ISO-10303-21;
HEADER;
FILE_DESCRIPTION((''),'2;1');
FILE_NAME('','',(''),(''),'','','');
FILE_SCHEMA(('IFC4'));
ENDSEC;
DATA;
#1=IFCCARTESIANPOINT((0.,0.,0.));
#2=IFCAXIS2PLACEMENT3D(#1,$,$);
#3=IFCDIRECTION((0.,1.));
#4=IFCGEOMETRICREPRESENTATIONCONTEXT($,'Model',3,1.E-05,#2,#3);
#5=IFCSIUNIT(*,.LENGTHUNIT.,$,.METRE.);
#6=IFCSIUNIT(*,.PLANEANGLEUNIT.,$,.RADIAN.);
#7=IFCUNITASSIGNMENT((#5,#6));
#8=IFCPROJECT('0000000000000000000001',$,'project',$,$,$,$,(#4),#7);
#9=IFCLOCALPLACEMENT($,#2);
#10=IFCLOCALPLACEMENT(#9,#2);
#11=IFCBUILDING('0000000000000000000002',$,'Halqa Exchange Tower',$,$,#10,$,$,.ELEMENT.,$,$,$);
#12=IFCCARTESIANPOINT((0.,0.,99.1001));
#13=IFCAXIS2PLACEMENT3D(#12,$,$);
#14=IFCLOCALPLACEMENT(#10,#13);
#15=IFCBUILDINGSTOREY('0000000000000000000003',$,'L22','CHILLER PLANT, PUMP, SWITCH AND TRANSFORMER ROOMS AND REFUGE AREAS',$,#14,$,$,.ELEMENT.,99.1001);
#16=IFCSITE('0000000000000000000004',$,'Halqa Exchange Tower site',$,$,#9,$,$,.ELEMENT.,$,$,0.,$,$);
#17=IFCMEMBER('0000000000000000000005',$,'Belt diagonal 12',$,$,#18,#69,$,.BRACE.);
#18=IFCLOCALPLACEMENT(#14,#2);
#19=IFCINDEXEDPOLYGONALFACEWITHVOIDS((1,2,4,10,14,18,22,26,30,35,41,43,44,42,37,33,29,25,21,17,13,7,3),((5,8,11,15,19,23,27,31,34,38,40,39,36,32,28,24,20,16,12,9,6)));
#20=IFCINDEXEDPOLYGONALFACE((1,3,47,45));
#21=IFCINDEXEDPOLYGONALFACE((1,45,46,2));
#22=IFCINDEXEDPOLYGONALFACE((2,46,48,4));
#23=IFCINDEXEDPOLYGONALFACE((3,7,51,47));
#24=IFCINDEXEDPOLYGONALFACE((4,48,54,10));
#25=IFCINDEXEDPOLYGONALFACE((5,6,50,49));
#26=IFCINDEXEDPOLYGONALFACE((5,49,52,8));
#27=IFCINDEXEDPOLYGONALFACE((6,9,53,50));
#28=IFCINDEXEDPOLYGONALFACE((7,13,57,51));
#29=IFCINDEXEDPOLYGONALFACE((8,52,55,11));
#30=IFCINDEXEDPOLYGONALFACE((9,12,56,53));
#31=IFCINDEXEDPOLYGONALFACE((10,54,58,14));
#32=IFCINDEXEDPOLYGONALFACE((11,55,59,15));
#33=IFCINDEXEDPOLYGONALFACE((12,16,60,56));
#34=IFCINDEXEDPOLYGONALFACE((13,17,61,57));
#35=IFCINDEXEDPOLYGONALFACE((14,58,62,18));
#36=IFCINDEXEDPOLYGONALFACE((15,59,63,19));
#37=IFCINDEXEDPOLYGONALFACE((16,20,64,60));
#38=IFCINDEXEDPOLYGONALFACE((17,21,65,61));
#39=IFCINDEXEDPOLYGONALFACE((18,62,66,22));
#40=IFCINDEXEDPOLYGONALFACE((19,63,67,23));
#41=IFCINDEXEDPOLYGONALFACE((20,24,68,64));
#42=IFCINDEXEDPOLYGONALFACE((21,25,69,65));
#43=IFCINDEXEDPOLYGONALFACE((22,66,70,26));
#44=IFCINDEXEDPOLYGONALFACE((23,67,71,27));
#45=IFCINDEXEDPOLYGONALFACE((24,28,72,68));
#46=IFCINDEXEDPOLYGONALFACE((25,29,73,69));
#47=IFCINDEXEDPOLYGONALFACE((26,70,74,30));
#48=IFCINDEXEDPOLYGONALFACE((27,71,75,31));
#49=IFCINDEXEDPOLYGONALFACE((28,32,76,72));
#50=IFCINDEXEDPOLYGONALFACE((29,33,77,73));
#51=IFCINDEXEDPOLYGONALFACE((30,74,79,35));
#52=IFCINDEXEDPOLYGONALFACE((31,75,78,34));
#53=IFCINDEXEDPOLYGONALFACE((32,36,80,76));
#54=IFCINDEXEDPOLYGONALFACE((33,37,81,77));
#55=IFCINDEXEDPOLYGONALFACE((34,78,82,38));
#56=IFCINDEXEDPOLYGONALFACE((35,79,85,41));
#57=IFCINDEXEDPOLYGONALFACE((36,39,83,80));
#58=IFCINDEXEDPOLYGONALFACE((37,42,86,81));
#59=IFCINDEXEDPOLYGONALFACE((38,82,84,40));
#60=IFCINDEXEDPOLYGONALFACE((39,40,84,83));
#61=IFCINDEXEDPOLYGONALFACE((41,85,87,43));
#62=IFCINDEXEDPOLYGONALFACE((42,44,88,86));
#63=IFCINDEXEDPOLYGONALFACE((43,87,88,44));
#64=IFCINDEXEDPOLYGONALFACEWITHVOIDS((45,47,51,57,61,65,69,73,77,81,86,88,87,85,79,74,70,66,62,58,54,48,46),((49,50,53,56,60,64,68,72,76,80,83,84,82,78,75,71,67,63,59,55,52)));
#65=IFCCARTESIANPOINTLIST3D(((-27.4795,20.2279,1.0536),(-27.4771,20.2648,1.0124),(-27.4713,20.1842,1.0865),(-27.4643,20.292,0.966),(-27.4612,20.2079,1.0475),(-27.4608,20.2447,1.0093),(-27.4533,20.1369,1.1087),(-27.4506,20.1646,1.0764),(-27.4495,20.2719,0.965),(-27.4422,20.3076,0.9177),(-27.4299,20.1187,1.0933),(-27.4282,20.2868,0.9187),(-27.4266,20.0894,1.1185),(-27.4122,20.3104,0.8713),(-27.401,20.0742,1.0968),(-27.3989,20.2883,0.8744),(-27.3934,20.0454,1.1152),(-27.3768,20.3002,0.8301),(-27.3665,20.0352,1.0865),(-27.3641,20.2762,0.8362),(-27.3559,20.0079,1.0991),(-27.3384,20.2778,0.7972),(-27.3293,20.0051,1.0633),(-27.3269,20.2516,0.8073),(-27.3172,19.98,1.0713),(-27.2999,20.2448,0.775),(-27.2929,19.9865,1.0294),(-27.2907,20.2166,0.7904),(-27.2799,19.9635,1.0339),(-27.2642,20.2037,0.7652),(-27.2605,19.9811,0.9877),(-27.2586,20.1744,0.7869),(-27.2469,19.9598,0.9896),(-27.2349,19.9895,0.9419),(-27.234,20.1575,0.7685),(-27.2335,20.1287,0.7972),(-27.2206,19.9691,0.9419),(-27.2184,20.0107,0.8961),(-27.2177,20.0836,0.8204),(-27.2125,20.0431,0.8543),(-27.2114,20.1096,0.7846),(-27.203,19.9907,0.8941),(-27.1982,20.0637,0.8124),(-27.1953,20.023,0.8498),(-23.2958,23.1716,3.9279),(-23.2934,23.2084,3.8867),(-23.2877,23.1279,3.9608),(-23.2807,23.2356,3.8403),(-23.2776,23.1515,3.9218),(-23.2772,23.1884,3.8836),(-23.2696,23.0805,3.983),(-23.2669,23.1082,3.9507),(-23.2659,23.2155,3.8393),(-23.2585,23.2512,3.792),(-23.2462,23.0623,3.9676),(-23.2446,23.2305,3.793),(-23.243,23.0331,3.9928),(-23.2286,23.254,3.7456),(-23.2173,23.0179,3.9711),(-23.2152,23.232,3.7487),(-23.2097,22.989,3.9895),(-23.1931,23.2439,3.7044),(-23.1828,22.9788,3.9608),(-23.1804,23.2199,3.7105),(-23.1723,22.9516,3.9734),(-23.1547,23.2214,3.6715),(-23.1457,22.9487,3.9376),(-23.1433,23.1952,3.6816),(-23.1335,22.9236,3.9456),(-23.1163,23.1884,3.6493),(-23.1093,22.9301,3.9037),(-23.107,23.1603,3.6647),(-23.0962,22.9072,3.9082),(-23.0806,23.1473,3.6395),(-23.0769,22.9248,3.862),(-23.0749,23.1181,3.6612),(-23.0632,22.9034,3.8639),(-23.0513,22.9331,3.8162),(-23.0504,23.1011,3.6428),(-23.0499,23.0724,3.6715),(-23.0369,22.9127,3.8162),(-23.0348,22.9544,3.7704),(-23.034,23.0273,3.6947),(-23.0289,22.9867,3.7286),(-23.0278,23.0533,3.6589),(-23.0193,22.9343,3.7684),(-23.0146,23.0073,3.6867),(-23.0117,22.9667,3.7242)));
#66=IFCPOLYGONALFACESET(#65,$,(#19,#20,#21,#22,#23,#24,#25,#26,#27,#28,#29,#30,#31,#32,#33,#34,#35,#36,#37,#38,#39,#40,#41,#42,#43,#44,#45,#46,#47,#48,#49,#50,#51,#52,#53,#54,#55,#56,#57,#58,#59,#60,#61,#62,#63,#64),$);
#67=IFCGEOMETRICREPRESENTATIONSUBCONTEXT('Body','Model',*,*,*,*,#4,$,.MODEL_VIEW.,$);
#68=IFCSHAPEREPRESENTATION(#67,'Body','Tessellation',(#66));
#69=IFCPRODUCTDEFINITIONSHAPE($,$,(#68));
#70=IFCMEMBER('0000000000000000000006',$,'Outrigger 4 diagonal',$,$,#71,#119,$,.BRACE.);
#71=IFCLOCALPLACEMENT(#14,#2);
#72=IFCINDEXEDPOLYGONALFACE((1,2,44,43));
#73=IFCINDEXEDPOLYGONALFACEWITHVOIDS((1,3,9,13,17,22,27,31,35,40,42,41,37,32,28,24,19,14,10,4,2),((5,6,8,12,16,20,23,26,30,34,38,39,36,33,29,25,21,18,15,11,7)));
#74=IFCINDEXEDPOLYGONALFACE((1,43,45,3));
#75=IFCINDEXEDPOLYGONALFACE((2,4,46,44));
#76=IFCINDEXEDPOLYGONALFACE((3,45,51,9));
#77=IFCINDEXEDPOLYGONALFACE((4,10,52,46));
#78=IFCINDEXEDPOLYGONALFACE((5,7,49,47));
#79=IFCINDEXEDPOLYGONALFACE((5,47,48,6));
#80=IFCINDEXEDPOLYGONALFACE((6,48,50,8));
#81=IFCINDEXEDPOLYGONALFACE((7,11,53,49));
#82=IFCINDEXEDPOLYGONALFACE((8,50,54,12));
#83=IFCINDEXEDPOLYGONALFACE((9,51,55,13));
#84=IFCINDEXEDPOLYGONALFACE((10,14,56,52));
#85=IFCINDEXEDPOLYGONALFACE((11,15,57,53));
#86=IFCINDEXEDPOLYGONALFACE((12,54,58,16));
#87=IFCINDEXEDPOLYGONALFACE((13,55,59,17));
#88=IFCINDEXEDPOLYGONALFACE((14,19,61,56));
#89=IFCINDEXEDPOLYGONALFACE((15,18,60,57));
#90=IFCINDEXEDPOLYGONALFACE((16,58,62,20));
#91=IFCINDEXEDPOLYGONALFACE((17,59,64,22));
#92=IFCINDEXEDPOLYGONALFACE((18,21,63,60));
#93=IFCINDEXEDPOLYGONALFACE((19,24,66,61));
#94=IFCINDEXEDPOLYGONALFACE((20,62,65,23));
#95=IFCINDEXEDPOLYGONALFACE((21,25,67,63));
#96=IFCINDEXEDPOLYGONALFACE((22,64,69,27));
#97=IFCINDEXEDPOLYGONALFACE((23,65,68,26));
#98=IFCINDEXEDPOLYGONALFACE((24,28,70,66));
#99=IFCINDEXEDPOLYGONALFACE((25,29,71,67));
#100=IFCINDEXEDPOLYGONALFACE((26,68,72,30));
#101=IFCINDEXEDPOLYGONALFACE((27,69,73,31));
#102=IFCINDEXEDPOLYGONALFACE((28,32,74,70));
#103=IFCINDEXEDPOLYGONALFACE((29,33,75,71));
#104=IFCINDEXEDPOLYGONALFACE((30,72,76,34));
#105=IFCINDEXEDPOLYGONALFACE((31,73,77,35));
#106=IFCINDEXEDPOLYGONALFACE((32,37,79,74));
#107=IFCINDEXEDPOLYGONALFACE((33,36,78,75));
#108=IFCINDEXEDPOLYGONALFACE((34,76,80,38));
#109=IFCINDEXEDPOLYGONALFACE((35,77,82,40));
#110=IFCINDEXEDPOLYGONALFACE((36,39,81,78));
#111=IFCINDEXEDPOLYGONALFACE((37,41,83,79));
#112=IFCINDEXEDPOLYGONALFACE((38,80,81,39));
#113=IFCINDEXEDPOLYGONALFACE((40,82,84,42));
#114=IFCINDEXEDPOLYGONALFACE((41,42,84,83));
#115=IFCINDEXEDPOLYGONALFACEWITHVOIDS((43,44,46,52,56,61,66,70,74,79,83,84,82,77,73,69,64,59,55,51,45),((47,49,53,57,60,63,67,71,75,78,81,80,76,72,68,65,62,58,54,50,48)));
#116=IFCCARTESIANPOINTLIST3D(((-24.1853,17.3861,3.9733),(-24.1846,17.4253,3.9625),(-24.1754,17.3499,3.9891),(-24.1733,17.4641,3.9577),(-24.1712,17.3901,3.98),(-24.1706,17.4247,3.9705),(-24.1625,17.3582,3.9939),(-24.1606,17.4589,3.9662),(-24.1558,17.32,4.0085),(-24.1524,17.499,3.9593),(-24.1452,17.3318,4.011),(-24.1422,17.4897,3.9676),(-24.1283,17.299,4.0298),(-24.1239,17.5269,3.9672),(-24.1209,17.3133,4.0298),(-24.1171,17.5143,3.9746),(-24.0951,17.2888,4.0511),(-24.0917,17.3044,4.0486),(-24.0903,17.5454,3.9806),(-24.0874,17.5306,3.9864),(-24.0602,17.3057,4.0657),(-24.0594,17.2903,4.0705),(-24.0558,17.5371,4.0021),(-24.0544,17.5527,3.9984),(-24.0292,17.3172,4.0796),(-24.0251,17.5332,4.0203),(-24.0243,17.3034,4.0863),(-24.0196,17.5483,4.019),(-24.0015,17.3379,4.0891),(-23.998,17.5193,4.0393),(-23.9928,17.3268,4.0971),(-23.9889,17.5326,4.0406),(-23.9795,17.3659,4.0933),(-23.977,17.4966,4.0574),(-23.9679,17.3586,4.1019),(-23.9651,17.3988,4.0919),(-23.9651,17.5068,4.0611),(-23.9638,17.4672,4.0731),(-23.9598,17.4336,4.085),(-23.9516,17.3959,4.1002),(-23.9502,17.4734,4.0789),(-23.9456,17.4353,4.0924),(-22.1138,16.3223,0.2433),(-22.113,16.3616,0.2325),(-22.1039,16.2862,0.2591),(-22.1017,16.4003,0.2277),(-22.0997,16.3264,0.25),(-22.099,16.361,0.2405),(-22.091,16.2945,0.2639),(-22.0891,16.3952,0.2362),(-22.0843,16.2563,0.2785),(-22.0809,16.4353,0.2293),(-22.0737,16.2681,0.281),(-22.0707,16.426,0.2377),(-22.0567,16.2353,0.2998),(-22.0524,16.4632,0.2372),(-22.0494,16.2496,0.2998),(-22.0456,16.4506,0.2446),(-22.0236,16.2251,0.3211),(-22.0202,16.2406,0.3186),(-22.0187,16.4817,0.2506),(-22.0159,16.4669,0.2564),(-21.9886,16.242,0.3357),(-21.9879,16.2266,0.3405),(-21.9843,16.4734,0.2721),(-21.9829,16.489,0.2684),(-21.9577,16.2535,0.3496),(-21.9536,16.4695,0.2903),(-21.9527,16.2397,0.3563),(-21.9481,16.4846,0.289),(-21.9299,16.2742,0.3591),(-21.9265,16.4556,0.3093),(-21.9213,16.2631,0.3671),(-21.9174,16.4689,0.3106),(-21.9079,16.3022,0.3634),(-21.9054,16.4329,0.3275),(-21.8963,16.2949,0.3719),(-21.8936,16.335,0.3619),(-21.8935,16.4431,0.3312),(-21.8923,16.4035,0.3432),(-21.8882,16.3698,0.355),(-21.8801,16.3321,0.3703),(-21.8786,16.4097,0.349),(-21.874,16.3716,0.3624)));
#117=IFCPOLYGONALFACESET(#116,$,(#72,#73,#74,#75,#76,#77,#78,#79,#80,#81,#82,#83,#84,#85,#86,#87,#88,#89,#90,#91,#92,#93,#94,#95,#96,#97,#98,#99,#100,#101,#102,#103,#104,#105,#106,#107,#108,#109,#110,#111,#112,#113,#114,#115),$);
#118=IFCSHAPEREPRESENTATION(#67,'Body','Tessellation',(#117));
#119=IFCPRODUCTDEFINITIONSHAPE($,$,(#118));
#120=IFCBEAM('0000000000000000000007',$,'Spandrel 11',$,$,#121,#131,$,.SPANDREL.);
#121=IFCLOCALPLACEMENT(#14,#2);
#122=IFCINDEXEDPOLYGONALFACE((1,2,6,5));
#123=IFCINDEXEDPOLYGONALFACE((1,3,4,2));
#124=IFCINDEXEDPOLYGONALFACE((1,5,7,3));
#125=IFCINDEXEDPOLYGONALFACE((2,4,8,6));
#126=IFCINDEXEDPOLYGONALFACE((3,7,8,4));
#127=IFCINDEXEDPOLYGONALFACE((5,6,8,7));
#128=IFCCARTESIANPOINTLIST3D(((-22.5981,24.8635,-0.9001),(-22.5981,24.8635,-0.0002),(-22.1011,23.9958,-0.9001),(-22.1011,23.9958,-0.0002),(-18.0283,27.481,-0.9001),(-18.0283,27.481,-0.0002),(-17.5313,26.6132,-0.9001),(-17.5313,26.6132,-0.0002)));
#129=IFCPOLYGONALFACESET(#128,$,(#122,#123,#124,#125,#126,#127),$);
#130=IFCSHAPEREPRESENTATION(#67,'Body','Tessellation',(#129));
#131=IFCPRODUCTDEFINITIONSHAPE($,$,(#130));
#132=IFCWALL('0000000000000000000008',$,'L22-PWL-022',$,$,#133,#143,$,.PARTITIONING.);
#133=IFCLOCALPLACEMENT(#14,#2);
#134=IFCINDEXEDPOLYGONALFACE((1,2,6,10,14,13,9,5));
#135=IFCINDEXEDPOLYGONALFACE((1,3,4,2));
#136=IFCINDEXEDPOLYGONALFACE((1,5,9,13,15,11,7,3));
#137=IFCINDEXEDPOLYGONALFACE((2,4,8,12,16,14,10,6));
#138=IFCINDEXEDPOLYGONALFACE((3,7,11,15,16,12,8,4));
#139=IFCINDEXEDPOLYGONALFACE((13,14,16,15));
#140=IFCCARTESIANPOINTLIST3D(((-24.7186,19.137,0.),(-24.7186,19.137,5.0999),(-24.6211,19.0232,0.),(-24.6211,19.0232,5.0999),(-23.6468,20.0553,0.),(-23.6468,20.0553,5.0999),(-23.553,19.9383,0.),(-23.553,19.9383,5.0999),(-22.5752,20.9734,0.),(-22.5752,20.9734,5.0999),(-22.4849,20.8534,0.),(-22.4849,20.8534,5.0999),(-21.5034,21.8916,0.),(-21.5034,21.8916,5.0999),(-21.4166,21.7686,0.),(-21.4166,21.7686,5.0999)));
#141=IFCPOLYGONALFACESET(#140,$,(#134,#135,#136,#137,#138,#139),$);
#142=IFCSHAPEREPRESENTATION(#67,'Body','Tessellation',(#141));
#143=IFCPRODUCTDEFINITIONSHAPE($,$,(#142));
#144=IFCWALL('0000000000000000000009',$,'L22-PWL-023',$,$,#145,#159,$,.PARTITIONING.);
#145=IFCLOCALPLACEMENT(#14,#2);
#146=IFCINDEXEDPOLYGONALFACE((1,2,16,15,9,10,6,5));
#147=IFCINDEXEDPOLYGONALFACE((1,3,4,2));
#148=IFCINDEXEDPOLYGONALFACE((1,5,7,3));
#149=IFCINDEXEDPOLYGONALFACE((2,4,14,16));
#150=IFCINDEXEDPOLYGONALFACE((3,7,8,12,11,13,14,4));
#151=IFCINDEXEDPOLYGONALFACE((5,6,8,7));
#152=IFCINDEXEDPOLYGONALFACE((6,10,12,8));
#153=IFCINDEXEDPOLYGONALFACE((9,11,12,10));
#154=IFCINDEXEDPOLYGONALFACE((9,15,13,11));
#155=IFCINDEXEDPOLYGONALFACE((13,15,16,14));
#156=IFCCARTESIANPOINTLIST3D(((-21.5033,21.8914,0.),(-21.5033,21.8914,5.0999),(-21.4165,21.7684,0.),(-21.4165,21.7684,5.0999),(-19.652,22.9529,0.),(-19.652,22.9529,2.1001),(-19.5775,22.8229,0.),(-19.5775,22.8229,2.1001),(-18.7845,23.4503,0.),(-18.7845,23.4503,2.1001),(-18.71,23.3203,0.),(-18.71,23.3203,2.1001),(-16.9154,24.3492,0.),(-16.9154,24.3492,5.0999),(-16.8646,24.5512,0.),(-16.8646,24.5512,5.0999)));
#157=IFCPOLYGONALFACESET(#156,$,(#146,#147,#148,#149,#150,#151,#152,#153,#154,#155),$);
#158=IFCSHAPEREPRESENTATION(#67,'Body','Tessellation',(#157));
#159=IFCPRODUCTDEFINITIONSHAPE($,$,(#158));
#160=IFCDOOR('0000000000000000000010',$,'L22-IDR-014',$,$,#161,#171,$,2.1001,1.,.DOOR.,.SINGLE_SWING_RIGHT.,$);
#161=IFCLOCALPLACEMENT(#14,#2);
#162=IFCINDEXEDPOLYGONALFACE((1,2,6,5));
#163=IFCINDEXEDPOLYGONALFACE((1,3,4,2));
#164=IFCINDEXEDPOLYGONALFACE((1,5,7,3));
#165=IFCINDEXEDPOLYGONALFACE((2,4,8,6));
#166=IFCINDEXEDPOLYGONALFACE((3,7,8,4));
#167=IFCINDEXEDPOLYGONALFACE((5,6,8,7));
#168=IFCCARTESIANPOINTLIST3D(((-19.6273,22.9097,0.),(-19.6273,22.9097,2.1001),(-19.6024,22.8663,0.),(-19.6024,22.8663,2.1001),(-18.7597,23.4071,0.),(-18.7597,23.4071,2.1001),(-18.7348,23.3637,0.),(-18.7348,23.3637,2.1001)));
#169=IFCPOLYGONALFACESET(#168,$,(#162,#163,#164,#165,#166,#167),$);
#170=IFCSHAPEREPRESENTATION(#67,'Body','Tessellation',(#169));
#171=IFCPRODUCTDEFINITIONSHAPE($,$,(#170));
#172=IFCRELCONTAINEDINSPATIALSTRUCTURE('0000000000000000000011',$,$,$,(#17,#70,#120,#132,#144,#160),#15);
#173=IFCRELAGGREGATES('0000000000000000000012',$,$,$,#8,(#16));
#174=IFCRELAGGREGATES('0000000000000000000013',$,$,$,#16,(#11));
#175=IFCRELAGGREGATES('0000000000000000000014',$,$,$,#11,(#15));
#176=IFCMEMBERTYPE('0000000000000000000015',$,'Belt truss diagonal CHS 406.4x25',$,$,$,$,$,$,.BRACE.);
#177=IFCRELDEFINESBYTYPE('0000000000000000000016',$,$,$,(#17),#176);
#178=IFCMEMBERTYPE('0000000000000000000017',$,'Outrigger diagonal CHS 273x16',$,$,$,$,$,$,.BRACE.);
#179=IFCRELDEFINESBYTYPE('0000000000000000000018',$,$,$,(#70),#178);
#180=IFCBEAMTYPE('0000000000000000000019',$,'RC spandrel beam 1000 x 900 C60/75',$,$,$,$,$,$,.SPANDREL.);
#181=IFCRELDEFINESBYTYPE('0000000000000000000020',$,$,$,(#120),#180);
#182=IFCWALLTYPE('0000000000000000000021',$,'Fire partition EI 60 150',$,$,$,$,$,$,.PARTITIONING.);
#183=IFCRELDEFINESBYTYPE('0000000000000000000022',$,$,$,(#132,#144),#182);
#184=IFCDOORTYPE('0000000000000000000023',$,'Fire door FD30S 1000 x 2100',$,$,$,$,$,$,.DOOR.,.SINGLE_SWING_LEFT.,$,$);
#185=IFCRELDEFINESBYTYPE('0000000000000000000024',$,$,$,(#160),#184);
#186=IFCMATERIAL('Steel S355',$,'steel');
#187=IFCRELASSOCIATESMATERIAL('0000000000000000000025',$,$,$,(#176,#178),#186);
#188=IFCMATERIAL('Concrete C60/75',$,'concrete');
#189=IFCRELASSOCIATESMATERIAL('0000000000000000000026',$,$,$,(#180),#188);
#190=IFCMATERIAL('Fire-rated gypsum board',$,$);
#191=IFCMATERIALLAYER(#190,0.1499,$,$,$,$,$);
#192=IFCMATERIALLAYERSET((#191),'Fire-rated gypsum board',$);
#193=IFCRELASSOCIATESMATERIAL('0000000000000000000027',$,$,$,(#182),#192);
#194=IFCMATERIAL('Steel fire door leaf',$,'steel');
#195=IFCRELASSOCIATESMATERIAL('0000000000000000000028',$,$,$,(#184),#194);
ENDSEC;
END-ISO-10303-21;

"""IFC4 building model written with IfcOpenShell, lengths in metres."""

from ifc_helpers import new_model, si_unit, direction, frame, frame_2d, origin, origin_2d, place, context, subcontext, project, spatial, polyline, rectangle, hollow_circle, outline, extrude, material, layer, layer_set, material_profile, profile_set, type_object, element, fill, save


model = new_model("IFC4")

# Units and contexts
model_context = context("Model", 3, precision=1e-05, world=origin(), true_north=direction((0.0, 1.0)))
body_context = subcontext(model_context, "Body", "Model", "MODEL_VIEW")
ifc_project = project(units=[si_unit("LENGTHUNIT", "METRE"), si_unit("PLANEANGLEUNIT", "RADIAN")], contexts=[model_context])

# Site, building, storey
site_placement = place(None, origin())
site = spatial("IfcSite", under=ifc_project, at=site_placement, Name="Halqa Exchange Tower site", CompositionType="ELEMENT", RefElevation=0.0)
building_placement = place(site_placement, origin())
building = spatial("IfcBuilding", under=site, at=building_placement, Name="Halqa Exchange Tower", CompositionType="ELEMENT")
storey_placement = place(building_placement, frame((0.0, 0.0, 99.1001)))
storey = spatial("IfcBuildingStorey", under=building, at=storey_placement, Name="L22", Description="CHILLER PLANT, PUMP, SWITCH AND TRANSFORMER ROOMS AND REFUGE AREAS", CompositionType="ELEMENT", Elevation=99.1001)

# Members
ifc_material_1 = material(Name="Steel S355", Category="steel")
ifc_material_profile_1 = material_profile(ifc_material_1, hollow_circle(Radius=0.2031, WallThickness=0.0249, at=origin_2d()), Name="CHS 406.4x25")
ifc_profile_set_1 = profile_set([ifc_material_profile_1], Name="Steel S355")
member_type_1 = type_object("IfcMemberType", Name="Belt truss diagonal CHS 406.4x25", PredefinedType="BRACE", material=ifc_profile_set_1)
member_1_placement = place(storey_placement, frame((-23.1538, 23.0789, 3.8162), z_axis=(-0.713, -0.501671, -0.489854), x_axis=(0.57544, -0.817844, 0.0)))
element("IfcMember", 1, at=member_1_placement, inside=storey, type_object=member_type_1, Name="Belt diagonal 12", PredefinedType="BRACE", context=body_context, shape_type="SweptSolid", body=[
    extrude(hollow_circle(Radius=0.2031, WallThickness=0.0249, at=origin_2d()), origin(), (0.0, 0.0, 1.0), 5.8677),
])
ifc_material_profile_2 = material_profile(ifc_material_1, hollow_circle(Radius=0.1365, WallThickness=0.0161, at=origin_2d()), Name="CHS 273x16")
ifc_profile_set_2 = profile_set([ifc_material_profile_2], Name="Steel S355")
member_type_2 = type_object("IfcMemberType", Name="Outrigger diagonal CHS 273x16", PredefinedType="BRACE", material=ifc_profile_set_2)
member_2_placement = place(storey_placement, frame((-21.9944, 16.3567, 0.2998), z_axis=(-0.471101, 0.241908, 0.84826), x_axis=(-0.456791, -0.889574, 0.0)))
element("IfcMember", 2, at=member_2_placement, inside=storey, type_object=member_type_2, Name="Outrigger 4 diagonal", PredefinedType="BRACE", context=body_context, shape_type="SweptSolid", body=[
    extrude(hollow_circle(Radius=0.1365, WallThickness=0.0161, at=origin_2d()), origin(), (0.0, 0.0, 1.0), 4.3972),
])

# Beam
ifc_material_2 = material(Name="Concrete C60/75", Category="concrete")
ifc_material_profile_3 = material_profile(ifc_material_2, rectangle(XDim=1.0, YDim=0.8999, at=origin_2d()), Name="1000 x 900")
ifc_profile_set_3 = profile_set([ifc_material_profile_3], Name="Concrete C60/75")
beam_type = type_object("IfcBeamType", Name="RC spandrel beam 1000 x 900 C60/75", PredefinedType="SPANDREL", material=ifc_profile_set_3)
beam_placement = place(storey_placement, frame((-17.7798, 27.0471, -0.4502), z_axis=(-0.867743, -0.497012, 0.0), x_axis=(0.497012, -0.867743, 0.0)))
element("IfcBeam", 3, at=beam_placement, inside=storey, type_object=beam_type, Name="Spandrel 11", PredefinedType="SPANDREL", context=body_context, shape_type="SweptSolid", body=[
    extrude(rectangle(XDim=1.0, YDim=0.8999, at=origin_2d()), origin(), (0.0, 0.0, 1.0), 5.2664),
])

# Wall
ifc_material_3 = material(Name="Fire-rated gypsum board")
ifc_layer_1 = layer(ifc_material_3, 0.1499)
ifc_layer_set_1 = layer_set([ifc_layer_1], Name="Fire-rated gypsum board")
wall_type = type_object("IfcWallType", Name="Fire partition EI 60 150", PredefinedType="PARTITIONING", material=ifc_layer_set_1)
wall_1_placement = place(storey_placement, frame((-21.4546, 21.8347, 0.0), z_axis=(0.0, 0.0, 1.0), x_axis=(-0.759415, -0.650606, 0.0)))
element("IfcWall", 4, at=wall_1_placement, inside=storey, type_object=wall_type, Name="L22-PWL-022", PredefinedType="PARTITIONING", context=body_context, shape_type="SweptSolid", body=[
    extrude(outline(polyline([(4.2339, 0.075), (2.8274, 0.075), (1.4209, 0.075), (0.0142, 0.075), (0.0, -0.075), (1.4114, -0.075), (2.8225, -0.075), (4.2339, -0.075), (4.2339, 0.075)])), origin(), (0.0, 0.0, 1.0), 5.0999),
])

# Wall, opening, door
wall_2_placement = place(storey_placement, frame((-21.4661, 21.8264, 0.0), z_axis=(0.0, 0.0, 1.0), x_axis=(0.867517, 0.497407, 0.0)))
wall_2 = element("IfcWall", 5, at=wall_2_placement, inside=storey, type_object=wall_type, Name="L22-PWL-023", PredefinedType="PARTITIONING", context=body_context, shape_type="SweptSolid", body=[
    extrude(outline(polyline([(0.0142, -0.075), (1.7437, -0.075), (3.4731, -0.075), (5.2026, -0.075), (5.3472, 0.075), (5.3472, 0.075), (3.5647, 0.075), (1.7825, 0.075), (0.0, 0.075), (0.0, 0.075), (0.0142, -0.075)])), origin(), (0.0, 0.0, 1.0), 5.0999),
])
opening_placement = place(wall_2_placement, frame((2.134, 0.0, 0.0)))
opening = element("IfcOpeningElement", 6, at=opening_placement, cuts=wall_2, PredefinedType="OPENING", context=body_context, shape_type="SweptSolid", body=[
    extrude(rectangle(XDim=1.0, YDim=2.1001, at=frame_2d((0.5, 1.05))), frame((0.0, 0.0869, 0.0), z_axis=(0.0, -1.0, 0.0), x_axis=(1.0, 0.0, 0.0)), (0.0, 0.0, 1.0), 0.1738),
])
ifc_material_4 = material(Name="Steel fire door leaf", Category="steel")
door_type = type_object("IfcDoorType", Name="Fire door FD30S 1000 x 2100", OperationType="SINGLE_SWING_LEFT", PredefinedType="DOOR", material=ifc_material_4)
door_placement = place(opening_placement, frame((1.0, 0.0, 0.0), z_axis=(0.0, 0.0, 1.0), x_axis=(-1.0, 0.0, 0.0)))
door = element("IfcDoor", 7, at=door_placement, inside=storey, type_object=door_type, Name="L22-IDR-014", OperationType="SINGLE_SWING_RIGHT", OverallHeight=2.1001, OverallWidth=1.0, PredefinedType="DOOR", context=body_context, shape_type="SweptSolid", body=[
    extrude(rectangle(XDim=1.0, YDim=2.1001, at=frame_2d((0.5, 1.05))), frame((0.0, 0.0249, 0.0), z_axis=(0.0, -1.0, 0.0), x_axis=(1.0, 0.0, 0.0)), (0.0, 0.0, 1.0), 0.05),
])
fill(opening, door)

save(model, "model.ifc")
